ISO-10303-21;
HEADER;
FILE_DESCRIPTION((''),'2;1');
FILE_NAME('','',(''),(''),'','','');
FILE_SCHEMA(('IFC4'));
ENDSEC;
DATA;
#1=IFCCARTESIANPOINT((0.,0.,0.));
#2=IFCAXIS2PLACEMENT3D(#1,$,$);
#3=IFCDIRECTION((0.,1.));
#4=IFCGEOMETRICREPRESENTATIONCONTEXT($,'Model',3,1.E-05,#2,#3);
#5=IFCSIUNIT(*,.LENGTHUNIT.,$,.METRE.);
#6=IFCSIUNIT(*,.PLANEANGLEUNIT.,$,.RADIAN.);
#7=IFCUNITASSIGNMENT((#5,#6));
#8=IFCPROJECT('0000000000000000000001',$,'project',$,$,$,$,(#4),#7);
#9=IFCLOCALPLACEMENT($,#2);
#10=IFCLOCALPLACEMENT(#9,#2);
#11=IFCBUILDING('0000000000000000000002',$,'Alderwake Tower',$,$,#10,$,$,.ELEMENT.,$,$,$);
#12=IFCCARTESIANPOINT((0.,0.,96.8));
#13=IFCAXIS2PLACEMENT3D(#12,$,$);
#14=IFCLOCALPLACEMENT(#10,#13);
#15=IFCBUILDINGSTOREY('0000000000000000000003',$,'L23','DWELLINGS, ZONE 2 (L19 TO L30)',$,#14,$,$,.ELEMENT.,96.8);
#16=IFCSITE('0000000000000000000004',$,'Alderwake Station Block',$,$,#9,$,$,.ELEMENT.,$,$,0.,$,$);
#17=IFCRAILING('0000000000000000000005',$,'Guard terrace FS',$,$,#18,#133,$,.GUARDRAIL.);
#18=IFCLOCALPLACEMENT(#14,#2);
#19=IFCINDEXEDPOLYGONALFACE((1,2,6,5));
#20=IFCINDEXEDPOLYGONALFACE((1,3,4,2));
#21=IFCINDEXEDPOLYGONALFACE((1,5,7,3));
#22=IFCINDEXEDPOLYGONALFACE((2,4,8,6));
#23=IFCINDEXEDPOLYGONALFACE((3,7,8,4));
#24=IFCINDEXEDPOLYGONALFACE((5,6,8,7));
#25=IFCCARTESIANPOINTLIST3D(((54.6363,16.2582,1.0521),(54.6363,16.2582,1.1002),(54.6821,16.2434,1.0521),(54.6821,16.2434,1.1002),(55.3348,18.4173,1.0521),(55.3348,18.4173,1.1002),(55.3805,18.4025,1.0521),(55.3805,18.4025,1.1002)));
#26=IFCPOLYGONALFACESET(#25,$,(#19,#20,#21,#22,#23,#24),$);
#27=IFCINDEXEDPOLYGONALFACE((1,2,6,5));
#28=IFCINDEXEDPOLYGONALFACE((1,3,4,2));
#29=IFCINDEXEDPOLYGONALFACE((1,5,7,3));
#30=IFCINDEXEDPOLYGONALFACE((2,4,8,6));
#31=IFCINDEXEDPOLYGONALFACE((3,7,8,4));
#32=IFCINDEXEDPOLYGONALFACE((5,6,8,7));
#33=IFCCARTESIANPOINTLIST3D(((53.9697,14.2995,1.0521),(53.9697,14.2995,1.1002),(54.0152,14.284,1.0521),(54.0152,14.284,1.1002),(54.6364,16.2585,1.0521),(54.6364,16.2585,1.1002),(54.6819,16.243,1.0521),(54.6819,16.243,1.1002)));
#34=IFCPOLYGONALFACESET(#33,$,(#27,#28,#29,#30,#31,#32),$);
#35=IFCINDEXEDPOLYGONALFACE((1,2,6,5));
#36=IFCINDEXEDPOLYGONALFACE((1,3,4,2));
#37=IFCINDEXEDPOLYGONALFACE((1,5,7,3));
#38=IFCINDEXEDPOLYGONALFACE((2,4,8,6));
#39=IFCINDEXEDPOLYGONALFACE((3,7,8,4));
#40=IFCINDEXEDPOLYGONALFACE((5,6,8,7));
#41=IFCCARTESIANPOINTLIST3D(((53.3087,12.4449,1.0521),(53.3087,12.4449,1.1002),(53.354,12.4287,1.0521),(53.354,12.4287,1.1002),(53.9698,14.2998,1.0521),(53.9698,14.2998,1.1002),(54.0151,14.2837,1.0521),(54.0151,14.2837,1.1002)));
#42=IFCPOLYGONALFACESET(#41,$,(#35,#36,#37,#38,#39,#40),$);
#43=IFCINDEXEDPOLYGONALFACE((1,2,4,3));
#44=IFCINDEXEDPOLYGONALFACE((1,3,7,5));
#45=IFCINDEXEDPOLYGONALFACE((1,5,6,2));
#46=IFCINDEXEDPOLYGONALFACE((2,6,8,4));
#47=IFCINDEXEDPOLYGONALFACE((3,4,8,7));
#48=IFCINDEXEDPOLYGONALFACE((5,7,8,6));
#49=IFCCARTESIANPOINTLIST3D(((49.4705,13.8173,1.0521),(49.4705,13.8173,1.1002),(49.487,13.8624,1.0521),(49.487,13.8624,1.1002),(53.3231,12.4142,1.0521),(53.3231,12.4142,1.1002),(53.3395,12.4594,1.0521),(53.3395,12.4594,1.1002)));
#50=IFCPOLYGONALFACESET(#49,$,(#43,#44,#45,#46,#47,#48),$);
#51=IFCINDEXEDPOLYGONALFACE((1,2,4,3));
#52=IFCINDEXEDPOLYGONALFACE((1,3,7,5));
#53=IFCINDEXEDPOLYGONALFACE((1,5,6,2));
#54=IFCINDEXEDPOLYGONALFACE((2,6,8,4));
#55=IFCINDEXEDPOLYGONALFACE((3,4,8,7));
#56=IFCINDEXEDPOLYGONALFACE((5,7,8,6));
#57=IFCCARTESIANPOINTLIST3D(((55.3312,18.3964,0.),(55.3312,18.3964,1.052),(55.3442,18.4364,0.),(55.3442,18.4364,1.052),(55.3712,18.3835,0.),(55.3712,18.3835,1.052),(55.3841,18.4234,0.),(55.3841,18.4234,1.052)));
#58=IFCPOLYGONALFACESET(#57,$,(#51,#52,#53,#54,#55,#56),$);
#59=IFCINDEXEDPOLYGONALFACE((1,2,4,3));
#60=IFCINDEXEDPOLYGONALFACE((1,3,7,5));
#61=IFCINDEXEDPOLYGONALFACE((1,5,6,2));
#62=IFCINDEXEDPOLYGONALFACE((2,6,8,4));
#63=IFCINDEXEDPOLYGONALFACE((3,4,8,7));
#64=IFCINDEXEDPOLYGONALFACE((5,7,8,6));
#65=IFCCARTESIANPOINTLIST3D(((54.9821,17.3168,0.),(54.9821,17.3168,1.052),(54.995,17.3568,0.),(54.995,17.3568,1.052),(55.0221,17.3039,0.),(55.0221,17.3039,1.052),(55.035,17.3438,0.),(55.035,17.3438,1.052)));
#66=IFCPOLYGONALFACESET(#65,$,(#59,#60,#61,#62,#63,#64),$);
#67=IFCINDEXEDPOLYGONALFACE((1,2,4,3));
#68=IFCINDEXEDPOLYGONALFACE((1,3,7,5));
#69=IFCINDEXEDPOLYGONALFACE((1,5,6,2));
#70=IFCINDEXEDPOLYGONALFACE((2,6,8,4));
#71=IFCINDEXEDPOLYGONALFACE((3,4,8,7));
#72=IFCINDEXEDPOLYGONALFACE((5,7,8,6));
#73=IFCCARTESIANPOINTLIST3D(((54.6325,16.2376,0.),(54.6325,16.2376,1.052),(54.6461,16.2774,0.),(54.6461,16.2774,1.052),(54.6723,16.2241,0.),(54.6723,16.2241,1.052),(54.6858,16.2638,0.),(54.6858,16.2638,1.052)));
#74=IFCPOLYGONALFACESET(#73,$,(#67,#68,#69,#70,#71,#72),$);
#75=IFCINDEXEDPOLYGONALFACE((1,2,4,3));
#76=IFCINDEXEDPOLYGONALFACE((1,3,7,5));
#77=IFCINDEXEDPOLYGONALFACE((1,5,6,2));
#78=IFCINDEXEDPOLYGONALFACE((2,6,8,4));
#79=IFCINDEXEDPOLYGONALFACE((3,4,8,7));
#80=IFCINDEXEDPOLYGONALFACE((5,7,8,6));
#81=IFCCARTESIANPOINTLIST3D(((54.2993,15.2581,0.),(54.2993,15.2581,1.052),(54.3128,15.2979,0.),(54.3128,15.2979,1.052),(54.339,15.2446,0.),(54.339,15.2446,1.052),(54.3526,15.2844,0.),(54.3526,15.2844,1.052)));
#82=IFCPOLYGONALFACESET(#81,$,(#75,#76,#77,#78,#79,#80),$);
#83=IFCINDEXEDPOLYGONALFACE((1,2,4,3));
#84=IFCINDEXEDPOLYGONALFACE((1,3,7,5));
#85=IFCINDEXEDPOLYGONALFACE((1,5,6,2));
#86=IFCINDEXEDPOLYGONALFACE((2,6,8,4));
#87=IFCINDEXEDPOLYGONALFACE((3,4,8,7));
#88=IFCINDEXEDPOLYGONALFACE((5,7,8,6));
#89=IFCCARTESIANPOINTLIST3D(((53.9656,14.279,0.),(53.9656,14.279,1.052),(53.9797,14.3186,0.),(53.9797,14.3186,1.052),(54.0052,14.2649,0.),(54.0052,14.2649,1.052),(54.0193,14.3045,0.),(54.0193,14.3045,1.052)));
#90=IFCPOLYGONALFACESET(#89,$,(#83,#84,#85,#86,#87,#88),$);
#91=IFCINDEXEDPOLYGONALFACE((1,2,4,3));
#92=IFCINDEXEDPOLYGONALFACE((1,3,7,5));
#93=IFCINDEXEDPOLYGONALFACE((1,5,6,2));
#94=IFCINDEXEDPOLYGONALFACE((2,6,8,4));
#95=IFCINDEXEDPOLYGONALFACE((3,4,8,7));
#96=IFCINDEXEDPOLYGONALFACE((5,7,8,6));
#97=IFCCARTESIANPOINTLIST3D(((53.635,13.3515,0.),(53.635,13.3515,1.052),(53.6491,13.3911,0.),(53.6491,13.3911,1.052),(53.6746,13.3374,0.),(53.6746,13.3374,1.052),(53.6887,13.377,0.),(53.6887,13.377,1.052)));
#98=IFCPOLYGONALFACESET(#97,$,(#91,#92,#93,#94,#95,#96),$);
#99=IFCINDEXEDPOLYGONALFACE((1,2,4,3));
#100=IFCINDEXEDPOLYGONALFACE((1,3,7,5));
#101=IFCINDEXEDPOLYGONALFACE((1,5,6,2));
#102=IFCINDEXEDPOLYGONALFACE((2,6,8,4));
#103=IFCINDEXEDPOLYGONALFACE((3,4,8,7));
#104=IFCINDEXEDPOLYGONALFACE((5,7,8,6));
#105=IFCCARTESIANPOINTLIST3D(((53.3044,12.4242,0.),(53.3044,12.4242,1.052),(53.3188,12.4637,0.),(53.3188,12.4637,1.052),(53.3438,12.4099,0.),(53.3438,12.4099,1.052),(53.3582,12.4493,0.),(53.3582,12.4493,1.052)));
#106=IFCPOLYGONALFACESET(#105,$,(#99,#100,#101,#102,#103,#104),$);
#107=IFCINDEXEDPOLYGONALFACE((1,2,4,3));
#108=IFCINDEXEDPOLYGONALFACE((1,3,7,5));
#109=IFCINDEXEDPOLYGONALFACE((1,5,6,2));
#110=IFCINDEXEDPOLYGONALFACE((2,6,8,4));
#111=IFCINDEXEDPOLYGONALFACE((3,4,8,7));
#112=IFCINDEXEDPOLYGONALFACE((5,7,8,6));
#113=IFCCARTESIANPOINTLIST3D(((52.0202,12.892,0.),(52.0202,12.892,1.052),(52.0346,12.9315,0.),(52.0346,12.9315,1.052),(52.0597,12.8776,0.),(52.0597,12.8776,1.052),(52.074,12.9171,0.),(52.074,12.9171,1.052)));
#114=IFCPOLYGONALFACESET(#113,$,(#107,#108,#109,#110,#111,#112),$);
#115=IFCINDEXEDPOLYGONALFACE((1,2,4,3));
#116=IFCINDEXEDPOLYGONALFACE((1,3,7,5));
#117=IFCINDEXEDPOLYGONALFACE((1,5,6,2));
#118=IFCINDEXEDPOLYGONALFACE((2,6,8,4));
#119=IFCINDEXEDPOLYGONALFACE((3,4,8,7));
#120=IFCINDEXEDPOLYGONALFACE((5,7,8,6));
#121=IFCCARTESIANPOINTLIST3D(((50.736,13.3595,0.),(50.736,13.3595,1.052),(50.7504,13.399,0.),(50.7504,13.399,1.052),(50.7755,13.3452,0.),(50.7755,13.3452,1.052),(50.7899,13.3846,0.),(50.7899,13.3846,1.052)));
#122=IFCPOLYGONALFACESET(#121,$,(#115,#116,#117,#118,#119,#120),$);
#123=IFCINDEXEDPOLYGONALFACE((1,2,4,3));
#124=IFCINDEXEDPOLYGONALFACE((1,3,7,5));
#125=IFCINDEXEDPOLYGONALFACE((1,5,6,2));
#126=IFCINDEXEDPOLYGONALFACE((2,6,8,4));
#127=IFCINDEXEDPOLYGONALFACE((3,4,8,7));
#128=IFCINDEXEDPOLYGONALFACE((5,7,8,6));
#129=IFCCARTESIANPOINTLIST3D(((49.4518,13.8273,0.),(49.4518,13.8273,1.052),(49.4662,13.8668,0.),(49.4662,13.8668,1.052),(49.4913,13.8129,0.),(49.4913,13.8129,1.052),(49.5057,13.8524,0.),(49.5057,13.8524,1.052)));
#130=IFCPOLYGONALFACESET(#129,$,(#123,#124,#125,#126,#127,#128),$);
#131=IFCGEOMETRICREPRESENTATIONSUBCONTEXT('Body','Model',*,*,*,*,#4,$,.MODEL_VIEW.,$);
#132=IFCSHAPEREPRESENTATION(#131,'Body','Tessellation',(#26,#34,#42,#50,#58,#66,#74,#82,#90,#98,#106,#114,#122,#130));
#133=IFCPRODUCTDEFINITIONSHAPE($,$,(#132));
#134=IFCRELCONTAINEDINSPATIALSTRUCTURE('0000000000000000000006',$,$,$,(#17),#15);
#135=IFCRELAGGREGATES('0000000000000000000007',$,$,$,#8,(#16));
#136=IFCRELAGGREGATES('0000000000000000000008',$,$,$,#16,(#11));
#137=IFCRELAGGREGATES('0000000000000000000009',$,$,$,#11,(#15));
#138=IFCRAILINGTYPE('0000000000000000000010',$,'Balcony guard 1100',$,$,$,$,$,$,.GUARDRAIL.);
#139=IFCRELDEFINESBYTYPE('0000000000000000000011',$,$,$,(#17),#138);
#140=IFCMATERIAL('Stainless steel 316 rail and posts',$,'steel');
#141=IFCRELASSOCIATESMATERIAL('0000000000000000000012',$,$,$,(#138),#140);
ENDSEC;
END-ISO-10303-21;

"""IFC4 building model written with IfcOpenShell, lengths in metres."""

from ifc_helpers import new_model, si_unit, direction, frame, origin, origin_2d, place, context, subcontext, project, spatial, rectangle, extrude, material, type_object, element, save


model = new_model("IFC4")

# Units and contexts
model_context = context("Model", 3, precision=1e-05, world=origin(), true_north=direction((0.0, 1.0)))
body_context = subcontext(model_context, "Body", "Model", "MODEL_VIEW")
ifc_project = project(units=[si_unit("LENGTHUNIT", "METRE"), si_unit("PLANEANGLEUNIT", "RADIAN")], contexts=[model_context])

# Site, building, storey
site_placement = place(None, origin())
site = spatial("IfcSite", under=ifc_project, at=site_placement, Name="Alderwake Station Block", CompositionType="ELEMENT", RefElevation=0.0)
building_placement = place(site_placement, origin())
building = spatial("IfcBuilding", under=site, at=building_placement, Name="Alderwake Tower", CompositionType="ELEMENT")
storey_placement = place(building_placement, frame((0.0, 0.0, 96.8)))
storey = spatial("IfcBuildingStorey", under=building, at=storey_placement, Name="L23", Description="DWELLINGS, ZONE 2 (L19 TO L30)", CompositionType="ELEMENT", Elevation=96.8)

# Railing
ifc_material_1 = material(Name="Stainless steel 316 rail and posts", Category="steel")
railing_type = type_object("IfcRailingType", Name="Balcony guard 1100", PredefinedType="GUARDRAIL", material=ifc_material_1)
railing_1_placement = place(storey_placement, frame((55.3577, 18.4099, 0.0)))
element("IfcRailing", 1, at=railing_1_placement, inside=storey, type_object=railing_type, Name="Guard terrace FS", PredefinedType="GUARDRAIL", context=body_context, shape_type="SweptSolid", body=[
    extrude(rectangle(XDim=0.0481, YDim=0.0481, at=origin_2d()), frame((0.0, 0.0, 1.0762), z_axis=(-0.307792, -0.951454, 0.0), x_axis=(0.951454, -0.307792, 0.0)), (0.0, 0.0, 1.0), 2.2693),
    extrude(rectangle(XDim=0.0481, YDim=0.0481, at=origin_2d()), frame((-0.6985, -2.1592, 1.0762), z_axis=(-0.322203, -0.946671, 0.0), x_axis=(0.946671, -0.322203, 0.0)), (0.0, 0.0, 1.0), 2.0693),
    extrude(rectangle(XDim=0.0481, YDim=0.0481, at=origin_2d()), frame((-1.3652, -4.1182, 1.0762), z_axis=(-0.335724, -0.94196, 0.0), x_axis=(0.94196, -0.335724, 0.0)), (0.0, 0.0, 1.0), 1.9692),
    extrude(rectangle(XDim=0.0481, YDim=0.0481, at=origin_2d()), frame((-2.0264, -5.9731, 1.0762), z_axis=(-0.939625, 0.342207, 0.0), x_axis=(-0.342207, -0.939625, 0.0)), (0.0, 0.0, 1.0), 4.1001),
    extrude(rectangle(XDim=0.042, YDim=0.042, at=origin_2d()), frame((0.0, 0.0, 0.0), z_axis=(0.0, 0.0, 1.0), x_axis=(-0.307792, -0.951454, 0.0)), (0.0, 0.0, 1.0), 1.052),
    extrude(rectangle(XDim=0.042, YDim=0.042, at=origin_2d()), frame((-0.3491, -1.0796, 0.0), z_axis=(0.0, 0.0, 1.0), x_axis=(-0.307792, -0.951454, 0.0)), (0.0, 0.0, 1.0), 1.052),
    extrude(rectangle(XDim=0.042, YDim=0.042, at=origin_2d()), frame((-0.6985, -2.1592, 0.0), z_axis=(0.0, 0.0, 1.0), x_axis=(-0.322203, -0.946671, 0.0)), (0.0, 0.0, 1.0), 1.052),
    extrude(rectangle(XDim=0.042, YDim=0.042, at=origin_2d()), frame((-1.0317, -3.1387, 0.0), z_axis=(0.0, 0.0, 1.0), x_axis=(-0.322203, -0.946671, 0.0)), (0.0, 0.0, 1.0), 1.052),
    extrude(rectangle(XDim=0.042, YDim=0.042, at=origin_2d()), frame((-1.3652, -4.1182, 0.0), z_axis=(0.0, 0.0, 1.0), x_axis=(-0.335724, -0.94196, 0.0)), (0.0, 0.0, 1.0), 1.052),
    extrude(rectangle(XDim=0.042, YDim=0.042, at=origin_2d()), frame((-1.6958, -5.0457, 0.0), z_axis=(0.0, 0.0, 1.0), x_axis=(-0.335724, -0.94196, 0.0)), (0.0, 0.0, 1.0), 1.052),
    extrude(rectangle(XDim=0.042, YDim=0.042, at=origin_2d()), frame((-2.0264, -5.9731, 0.0), z_axis=(0.0, 0.0, 1.0), x_axis=(-0.939625, 0.342207, 0.0)), (0.0, 0.0, 1.0), 1.052),
    extrude(rectangle(XDim=0.042, YDim=0.042, at=origin_2d()), frame((-3.3105, -5.5054, 0.0), z_axis=(0.0, 0.0, 1.0), x_axis=(-0.939625, 0.342207, 0.0)), (0.0, 0.0, 1.0), 1.052),
    extrude(rectangle(XDim=0.042, YDim=0.042, at=origin_2d()), frame((-4.5947, -5.0378, 0.0), z_axis=(0.0, 0.0, 1.0), x_axis=(-0.939625, 0.342207, 0.0)), (0.0, 0.0, 1.0), 1.052),
    extrude(rectangle(XDim=0.042, YDim=0.042, at=origin_2d()), frame((-5.8789, -4.5701, 0.0), z_axis=(0.0, 0.0, 1.0), x_axis=(-0.939625, 0.342207, 0.0)), (0.0, 0.0, 1.0), 1.052),
])

save(model, "model.ifc")
